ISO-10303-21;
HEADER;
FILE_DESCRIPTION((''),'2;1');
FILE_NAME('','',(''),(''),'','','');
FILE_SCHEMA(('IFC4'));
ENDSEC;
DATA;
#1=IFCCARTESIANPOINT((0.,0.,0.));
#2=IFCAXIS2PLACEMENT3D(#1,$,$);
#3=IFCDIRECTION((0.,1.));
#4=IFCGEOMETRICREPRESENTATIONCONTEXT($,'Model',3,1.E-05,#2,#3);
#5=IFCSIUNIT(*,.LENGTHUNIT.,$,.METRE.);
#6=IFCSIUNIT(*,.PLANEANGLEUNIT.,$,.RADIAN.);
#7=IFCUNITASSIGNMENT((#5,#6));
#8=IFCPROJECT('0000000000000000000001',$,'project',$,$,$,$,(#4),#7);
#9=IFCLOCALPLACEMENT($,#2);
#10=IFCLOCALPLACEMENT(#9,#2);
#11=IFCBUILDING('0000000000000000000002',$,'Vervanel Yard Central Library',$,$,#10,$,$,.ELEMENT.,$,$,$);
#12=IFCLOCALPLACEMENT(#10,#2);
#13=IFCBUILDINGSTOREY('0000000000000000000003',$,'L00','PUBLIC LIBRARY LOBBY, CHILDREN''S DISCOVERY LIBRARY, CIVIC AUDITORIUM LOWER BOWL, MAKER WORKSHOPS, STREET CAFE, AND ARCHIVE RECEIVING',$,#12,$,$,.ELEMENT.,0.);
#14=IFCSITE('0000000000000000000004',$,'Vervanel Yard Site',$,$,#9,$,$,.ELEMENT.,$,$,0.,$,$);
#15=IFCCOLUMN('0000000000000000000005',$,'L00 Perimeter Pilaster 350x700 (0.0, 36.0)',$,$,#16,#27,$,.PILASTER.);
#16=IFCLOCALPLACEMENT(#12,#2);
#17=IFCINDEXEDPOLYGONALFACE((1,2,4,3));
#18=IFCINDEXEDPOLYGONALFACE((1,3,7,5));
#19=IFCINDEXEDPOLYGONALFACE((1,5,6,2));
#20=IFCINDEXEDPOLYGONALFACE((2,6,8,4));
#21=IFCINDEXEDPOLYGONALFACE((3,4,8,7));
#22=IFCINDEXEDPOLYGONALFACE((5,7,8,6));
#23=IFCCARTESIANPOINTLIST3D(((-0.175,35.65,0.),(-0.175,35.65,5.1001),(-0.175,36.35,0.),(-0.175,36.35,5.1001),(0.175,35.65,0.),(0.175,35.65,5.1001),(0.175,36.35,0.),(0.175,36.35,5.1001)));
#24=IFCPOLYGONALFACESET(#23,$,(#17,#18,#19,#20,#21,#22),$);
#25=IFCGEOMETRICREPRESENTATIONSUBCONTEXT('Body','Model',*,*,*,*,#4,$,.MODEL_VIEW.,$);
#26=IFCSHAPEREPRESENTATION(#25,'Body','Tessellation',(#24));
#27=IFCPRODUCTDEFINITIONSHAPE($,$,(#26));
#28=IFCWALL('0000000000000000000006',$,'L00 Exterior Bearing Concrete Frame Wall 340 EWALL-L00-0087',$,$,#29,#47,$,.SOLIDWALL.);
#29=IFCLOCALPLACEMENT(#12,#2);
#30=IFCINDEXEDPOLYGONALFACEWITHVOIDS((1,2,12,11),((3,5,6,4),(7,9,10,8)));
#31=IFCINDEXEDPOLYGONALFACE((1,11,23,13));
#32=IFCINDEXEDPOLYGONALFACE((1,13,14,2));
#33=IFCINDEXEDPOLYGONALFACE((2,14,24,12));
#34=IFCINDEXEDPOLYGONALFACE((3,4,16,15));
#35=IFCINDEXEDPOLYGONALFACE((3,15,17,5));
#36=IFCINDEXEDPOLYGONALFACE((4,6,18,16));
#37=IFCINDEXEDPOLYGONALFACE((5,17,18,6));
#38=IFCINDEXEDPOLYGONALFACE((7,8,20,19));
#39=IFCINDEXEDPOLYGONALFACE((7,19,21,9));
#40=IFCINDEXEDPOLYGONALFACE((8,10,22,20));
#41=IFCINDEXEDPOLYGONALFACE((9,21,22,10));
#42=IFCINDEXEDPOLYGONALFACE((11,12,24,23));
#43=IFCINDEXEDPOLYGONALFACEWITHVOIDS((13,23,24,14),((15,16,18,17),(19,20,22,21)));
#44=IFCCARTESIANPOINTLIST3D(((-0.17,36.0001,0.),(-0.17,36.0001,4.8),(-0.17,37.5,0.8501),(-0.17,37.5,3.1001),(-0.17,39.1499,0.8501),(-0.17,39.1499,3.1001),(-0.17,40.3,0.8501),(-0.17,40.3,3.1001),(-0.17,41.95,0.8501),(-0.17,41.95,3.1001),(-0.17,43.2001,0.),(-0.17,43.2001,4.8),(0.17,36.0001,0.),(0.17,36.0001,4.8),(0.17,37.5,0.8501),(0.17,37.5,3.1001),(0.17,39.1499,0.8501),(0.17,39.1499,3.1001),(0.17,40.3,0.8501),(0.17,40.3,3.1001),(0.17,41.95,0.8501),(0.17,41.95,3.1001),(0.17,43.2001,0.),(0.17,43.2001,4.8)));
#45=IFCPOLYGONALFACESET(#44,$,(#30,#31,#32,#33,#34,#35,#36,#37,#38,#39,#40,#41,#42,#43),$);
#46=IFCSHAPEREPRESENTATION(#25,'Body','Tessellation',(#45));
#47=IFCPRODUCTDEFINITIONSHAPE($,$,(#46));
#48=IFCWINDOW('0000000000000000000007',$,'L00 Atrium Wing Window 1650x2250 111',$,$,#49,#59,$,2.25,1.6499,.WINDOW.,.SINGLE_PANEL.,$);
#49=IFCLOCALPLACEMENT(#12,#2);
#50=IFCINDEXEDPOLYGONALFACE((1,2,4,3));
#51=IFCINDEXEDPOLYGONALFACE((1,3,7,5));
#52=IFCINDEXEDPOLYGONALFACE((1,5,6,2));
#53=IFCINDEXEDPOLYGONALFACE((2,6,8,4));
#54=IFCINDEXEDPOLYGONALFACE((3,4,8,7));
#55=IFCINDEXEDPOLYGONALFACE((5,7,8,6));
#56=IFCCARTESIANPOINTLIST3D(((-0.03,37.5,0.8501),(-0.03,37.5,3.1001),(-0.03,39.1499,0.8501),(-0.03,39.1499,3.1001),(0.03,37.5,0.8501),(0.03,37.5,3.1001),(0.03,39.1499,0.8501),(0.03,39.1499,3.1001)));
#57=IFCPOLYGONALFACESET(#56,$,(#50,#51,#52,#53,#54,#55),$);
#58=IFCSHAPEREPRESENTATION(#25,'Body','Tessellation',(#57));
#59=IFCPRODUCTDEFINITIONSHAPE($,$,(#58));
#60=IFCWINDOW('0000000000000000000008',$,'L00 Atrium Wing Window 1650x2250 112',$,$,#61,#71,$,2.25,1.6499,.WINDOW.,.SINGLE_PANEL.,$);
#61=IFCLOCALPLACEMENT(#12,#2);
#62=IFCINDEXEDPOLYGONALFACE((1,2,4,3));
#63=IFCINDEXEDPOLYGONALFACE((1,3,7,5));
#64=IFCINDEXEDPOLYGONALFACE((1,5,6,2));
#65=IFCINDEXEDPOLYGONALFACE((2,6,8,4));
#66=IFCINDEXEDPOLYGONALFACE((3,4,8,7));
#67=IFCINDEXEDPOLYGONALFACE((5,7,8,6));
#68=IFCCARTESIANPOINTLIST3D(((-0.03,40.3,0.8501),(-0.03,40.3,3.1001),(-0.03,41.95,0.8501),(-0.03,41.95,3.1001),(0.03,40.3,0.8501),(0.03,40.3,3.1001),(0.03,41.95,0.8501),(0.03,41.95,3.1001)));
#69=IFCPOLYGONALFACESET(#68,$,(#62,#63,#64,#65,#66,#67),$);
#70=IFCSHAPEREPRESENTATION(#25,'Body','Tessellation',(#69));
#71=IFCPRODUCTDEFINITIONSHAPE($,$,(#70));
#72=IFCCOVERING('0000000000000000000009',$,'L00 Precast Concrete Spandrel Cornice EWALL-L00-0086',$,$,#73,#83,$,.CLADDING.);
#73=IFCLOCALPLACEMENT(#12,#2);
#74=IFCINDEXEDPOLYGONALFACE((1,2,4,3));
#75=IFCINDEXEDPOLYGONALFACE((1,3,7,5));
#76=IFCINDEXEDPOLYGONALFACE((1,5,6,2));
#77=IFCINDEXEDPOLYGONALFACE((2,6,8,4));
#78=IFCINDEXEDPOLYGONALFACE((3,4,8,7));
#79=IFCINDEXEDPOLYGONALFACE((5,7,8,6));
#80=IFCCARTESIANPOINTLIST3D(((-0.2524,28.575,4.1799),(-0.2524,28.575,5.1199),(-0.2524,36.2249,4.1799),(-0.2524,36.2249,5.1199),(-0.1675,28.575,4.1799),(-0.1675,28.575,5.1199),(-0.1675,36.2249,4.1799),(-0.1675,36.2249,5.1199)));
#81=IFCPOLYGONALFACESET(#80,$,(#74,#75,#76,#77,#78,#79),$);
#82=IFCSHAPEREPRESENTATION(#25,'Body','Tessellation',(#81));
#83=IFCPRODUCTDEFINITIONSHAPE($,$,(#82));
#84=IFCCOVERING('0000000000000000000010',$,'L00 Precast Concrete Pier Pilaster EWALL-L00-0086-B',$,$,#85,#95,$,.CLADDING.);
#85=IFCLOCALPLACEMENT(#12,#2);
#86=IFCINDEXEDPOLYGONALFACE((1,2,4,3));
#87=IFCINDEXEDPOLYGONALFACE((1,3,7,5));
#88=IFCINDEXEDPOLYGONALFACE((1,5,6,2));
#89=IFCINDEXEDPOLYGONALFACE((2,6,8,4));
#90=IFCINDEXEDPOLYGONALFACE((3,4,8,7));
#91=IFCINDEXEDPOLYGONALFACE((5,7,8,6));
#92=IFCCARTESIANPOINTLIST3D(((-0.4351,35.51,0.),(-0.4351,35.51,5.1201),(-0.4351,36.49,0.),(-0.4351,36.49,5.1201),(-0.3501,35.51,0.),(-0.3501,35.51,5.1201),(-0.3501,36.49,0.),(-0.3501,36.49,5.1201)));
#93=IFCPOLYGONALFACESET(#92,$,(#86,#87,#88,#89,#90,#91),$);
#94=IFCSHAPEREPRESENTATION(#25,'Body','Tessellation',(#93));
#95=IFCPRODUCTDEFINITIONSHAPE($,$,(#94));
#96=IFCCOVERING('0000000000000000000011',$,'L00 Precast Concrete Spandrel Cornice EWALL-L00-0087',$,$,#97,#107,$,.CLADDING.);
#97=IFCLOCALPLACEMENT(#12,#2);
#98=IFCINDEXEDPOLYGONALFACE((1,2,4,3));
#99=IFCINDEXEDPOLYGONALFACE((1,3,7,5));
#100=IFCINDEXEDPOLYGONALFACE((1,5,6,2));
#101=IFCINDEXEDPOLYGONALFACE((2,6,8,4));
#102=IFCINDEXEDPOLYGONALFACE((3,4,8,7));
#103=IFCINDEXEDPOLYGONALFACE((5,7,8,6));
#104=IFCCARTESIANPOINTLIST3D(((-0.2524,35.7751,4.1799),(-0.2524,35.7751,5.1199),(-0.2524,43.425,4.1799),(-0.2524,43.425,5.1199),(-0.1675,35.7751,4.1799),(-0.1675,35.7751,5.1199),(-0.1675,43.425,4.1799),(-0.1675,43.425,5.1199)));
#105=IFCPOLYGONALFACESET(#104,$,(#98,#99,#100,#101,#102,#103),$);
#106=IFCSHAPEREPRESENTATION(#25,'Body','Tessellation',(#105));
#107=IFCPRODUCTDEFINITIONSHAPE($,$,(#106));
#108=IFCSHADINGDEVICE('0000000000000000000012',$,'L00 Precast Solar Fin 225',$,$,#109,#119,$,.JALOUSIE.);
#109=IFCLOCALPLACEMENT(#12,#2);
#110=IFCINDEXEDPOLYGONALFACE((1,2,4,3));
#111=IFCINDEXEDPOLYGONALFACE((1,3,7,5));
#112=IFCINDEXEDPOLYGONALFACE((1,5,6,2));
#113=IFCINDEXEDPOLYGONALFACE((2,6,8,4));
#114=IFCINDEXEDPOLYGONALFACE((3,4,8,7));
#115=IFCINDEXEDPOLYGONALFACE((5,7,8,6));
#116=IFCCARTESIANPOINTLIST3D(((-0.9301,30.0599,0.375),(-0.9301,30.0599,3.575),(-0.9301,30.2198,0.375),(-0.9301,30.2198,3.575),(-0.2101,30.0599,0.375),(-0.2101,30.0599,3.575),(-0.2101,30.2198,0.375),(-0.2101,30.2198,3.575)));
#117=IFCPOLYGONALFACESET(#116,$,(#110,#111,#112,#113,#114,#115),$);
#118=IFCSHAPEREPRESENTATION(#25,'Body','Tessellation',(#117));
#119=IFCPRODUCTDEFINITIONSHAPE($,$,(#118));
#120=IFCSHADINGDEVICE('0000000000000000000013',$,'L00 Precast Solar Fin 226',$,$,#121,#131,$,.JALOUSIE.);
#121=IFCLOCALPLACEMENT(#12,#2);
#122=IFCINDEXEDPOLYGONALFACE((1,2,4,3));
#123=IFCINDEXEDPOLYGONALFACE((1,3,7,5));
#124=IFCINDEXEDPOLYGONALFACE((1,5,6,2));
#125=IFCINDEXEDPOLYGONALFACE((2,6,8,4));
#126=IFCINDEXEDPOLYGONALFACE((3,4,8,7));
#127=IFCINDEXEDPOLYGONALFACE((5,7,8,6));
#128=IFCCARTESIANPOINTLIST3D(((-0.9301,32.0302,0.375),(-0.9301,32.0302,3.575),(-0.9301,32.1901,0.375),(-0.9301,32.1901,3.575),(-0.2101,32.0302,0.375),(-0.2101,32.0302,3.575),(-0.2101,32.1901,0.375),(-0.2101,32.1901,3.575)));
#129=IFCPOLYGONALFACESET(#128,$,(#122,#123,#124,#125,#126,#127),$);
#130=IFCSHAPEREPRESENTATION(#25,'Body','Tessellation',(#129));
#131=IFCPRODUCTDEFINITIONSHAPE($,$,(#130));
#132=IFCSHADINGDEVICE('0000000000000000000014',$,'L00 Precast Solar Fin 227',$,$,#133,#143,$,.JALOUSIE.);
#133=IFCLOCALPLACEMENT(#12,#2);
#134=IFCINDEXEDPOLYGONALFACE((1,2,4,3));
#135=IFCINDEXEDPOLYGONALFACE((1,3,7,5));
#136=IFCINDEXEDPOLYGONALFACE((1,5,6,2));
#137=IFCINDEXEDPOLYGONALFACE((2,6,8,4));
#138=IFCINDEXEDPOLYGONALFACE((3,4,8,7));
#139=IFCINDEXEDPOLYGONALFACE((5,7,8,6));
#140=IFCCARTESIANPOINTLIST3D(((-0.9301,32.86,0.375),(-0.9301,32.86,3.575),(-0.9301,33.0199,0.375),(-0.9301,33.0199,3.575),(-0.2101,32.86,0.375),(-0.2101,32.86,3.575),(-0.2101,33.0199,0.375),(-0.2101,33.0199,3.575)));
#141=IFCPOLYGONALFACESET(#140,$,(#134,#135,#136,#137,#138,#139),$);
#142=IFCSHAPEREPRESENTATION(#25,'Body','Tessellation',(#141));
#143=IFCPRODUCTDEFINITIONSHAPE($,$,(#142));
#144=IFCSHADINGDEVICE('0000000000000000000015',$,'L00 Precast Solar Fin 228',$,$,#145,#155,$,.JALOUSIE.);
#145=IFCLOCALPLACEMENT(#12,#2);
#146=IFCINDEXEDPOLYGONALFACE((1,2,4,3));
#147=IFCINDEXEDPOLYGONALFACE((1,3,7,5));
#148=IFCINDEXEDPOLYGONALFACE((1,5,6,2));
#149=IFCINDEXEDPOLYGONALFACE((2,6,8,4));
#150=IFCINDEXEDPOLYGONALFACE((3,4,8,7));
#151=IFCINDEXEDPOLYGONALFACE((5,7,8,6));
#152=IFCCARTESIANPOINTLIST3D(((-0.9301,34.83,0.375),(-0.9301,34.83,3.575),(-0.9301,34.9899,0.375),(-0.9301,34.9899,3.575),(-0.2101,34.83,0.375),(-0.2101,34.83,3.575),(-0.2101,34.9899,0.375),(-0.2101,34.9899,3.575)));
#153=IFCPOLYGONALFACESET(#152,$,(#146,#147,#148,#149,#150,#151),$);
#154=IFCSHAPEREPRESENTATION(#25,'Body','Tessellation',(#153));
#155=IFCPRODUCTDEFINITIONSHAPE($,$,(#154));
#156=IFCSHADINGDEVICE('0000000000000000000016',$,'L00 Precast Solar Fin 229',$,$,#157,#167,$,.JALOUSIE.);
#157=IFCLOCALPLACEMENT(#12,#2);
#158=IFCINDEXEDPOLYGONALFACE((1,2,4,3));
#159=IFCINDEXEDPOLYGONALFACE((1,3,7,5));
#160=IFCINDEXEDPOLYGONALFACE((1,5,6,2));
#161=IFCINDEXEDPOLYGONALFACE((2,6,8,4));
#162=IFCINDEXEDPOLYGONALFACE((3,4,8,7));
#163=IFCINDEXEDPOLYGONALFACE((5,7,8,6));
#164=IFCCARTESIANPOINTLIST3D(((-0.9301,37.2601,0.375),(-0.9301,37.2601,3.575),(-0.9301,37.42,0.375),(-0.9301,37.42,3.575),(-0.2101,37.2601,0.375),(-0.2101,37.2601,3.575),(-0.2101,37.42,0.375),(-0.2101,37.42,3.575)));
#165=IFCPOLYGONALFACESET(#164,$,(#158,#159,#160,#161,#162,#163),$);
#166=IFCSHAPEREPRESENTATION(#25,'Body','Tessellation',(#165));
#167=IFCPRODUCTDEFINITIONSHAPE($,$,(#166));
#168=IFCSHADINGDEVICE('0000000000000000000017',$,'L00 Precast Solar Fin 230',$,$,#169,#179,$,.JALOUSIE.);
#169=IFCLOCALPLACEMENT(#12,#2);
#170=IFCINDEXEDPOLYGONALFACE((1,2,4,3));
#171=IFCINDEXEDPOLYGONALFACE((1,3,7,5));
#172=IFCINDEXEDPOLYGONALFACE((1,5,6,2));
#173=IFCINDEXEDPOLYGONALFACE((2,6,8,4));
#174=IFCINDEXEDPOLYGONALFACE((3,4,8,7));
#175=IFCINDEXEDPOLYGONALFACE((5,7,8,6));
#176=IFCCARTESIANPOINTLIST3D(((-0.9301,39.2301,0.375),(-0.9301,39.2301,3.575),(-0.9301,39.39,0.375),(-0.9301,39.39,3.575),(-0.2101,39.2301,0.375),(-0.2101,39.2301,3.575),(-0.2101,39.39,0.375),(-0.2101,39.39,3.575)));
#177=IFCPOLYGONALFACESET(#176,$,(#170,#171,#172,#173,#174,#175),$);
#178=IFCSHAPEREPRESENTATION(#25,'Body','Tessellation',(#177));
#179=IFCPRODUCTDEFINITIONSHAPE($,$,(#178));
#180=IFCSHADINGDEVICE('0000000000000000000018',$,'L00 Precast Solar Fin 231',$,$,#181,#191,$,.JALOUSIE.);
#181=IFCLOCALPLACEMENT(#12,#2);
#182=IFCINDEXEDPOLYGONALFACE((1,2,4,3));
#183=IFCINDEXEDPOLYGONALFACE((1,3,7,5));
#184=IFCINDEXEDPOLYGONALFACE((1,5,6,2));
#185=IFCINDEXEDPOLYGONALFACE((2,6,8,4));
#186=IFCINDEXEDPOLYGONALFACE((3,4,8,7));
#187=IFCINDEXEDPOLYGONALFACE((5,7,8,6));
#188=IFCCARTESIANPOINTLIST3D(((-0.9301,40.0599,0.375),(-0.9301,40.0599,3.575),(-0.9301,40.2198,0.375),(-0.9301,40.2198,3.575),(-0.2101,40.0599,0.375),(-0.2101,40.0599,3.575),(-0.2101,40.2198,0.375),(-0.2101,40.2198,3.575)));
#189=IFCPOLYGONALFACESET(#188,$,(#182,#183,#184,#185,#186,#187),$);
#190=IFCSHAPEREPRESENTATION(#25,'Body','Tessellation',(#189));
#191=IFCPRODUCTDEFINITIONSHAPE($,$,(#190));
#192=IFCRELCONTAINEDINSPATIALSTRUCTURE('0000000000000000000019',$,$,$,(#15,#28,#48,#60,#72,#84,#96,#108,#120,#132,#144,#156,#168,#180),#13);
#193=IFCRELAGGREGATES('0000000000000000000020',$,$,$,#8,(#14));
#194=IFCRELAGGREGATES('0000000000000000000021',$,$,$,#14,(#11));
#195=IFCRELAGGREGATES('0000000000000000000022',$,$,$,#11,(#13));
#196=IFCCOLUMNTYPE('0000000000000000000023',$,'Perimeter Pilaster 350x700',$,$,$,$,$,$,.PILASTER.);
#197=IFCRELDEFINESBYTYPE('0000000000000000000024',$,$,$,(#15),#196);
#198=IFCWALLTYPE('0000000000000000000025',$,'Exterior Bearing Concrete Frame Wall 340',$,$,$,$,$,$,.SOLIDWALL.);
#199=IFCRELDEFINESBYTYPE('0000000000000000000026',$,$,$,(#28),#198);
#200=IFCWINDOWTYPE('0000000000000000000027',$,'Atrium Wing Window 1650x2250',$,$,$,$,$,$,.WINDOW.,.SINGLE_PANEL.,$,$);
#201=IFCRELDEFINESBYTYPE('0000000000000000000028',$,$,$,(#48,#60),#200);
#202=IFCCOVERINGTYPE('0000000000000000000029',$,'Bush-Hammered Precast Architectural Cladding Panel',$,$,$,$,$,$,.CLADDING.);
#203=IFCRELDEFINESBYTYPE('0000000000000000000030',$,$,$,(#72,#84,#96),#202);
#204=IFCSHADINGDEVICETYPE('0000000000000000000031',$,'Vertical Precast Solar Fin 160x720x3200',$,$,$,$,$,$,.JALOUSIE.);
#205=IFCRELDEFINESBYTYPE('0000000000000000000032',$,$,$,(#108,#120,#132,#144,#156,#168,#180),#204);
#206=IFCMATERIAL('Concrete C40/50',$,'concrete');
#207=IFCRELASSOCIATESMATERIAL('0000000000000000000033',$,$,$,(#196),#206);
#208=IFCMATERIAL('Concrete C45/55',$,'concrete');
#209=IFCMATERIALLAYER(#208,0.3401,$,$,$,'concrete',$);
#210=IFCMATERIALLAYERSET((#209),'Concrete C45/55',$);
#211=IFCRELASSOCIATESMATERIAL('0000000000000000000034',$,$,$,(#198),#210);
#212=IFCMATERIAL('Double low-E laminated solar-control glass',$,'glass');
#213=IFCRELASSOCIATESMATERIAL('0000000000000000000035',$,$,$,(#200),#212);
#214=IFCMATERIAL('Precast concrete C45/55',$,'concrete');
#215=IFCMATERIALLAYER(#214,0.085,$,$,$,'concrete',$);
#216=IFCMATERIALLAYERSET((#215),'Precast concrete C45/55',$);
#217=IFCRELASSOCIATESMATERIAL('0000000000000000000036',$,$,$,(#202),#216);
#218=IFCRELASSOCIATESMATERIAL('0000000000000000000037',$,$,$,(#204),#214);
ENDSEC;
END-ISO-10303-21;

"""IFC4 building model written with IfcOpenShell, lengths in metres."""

from ifc_helpers import new_model, si_unit, direction, frame, frame_2d, origin, origin_2d, place, context, subcontext, project, spatial, rectangle, extrude, material, layer, layer_set, material_profile, profile_set, type_object, element, fill, save


model = new_model("IFC4")

# Units and contexts
model_context = context("Model", 3, precision=1e-05, world=origin(), true_north=direction((0.0, 1.0)))
body_context = subcontext(model_context, "Body", "Model", "MODEL_VIEW")
ifc_project = project(units=[si_unit("LENGTHUNIT", "METRE"), si_unit("PLANEANGLEUNIT", "RADIAN")], contexts=[model_context])

# Site, building, storey
site_placement = place(None, origin())
site = spatial("IfcSite", under=ifc_project, at=site_placement, Name="Vervanel Yard Site", CompositionType="ELEMENT", RefElevation=0.0)
building_placement = place(site_placement, origin())
building = spatial("IfcBuilding", under=site, at=building_placement, Name="Vervanel Yard Central Library", CompositionType="ELEMENT")
storey_placement = place(building_placement, origin())
storey = spatial("IfcBuildingStorey", under=building, at=storey_placement, Name="L00", Description="PUBLIC LIBRARY LOBBY, CHILDREN'S DISCOVERY LIBRARY, CIVIC AUDITORIUM LOWER BOWL, MAKER WORKSHOPS, STREET CAFE, AND ARCHIVE RECEIVING", CompositionType="ELEMENT", Elevation=0.0)

# Shared definitions
ifc_material_1 = material(Name="Concrete C40/50", Category="concrete")

# Column
ifc_material_profile_1 = material_profile(ifc_material_1, rectangle(XDim=0.3501, YDim=0.7, at=origin_2d()), Name="RC 350x700", Category="concrete")
ifc_profile_set_1 = profile_set([ifc_material_profile_1], Name="Concrete C40/50")
column_type = type_object("IfcColumnType", Name="Perimeter Pilaster 350x700", PredefinedType="PILASTER", material=ifc_profile_set_1)
column_placement = place(storey_placement, frame((0.0, 36.0, 0.0), z_axis=(0.0, 0.0, 1.0), x_axis=(1.0, 0.0, 0.0)))
element("IfcColumn", 1, at=column_placement, inside=storey, type_object=column_type, Name="L00 Perimeter Pilaster 350x700 (0.0, 36.0)", PredefinedType="PILASTER", context=body_context, shape_type="SweptSolid", body=[
    extrude(rectangle(XDim=0.3501, YDim=0.7, at=origin_2d()), origin(), (0.0, 0.0, 1.0), 5.1001),
])

# Wall, openings, windows
ifc_material_2 = material(Name="Concrete C45/55", Category="concrete")
ifc_layer_1 = layer(ifc_material_2, 0.3401, Category="concrete")
ifc_layer_set_1 = layer_set([ifc_layer_1], Name="Concrete C45/55")
wall_type = type_object("IfcWallType", Name="Exterior Bearing Concrete Frame Wall 340", PredefinedType="SOLIDWALL", material=ifc_layer_set_1)
wall_placement = place(storey_placement, frame((0.0, 36.0, 0.0), z_axis=(0.0, 0.0, 1.0), x_axis=(0.0, 1.0, 0.0)))
wall = element("IfcWall", 2, at=wall_placement, inside=storey, type_object=wall_type, Name="L00 Exterior Bearing Concrete Frame Wall 340 EWALL-L00-0087", PredefinedType="SOLIDWALL", context=body_context, shape_type="SweptSolid", body=[
    extrude(rectangle(XDim=7.2, YDim=0.3401, at=frame_2d((3.6001, 0.0))), origin(), (0.0, 0.0, 1.0), 4.8),
])
opening_1_placement = place(wall_placement, frame((1.5, 0.0, 0.8501)))
opening_1 = element("IfcOpeningElement", 3, at=opening_1_placement, cuts=wall, PredefinedType="OPENING", context=body_context, shape_type="SweptSolid", body=[
    extrude(rectangle(XDim=1.6499, YDim=2.25, at=frame_2d((0.825, 1.125))), frame((0.0, 0.1799, 0.0), z_axis=(0.0, -1.0, 0.0), x_axis=(1.0, 0.0, 0.0)), (0.0, 0.0, 1.0), 0.3601),
])
opening_2_placement = place(wall_placement, frame((4.3, 0.0, 0.8501)))
opening_2 = element("IfcOpeningElement", 4, at=opening_2_placement, cuts=wall, PredefinedType="OPENING", context=body_context, shape_type="SweptSolid", body=[
    extrude(rectangle(XDim=1.6499, YDim=2.25, at=frame_2d((0.825, 1.125))), frame((0.0, 0.1799, 0.0), z_axis=(0.0, -1.0, 0.0), x_axis=(1.0, 0.0, 0.0)), (0.0, 0.0, 1.0), 0.3601),
])
ifc_material_3 = material(Name="Double low-E laminated solar-control glass", Category="glass")
window_type = type_object("IfcWindowType", Name="Atrium Wing Window 1650x2250", PartitioningType="SINGLE_PANEL", PredefinedType="WINDOW", material=ifc_material_3)
window_1_placement = place(opening_1_placement, origin())
window_1 = element("IfcWindow", 5, at=window_1_placement, inside=storey, type_object=window_type, Name="L00 Atrium Wing Window 1650x2250 111", OverallHeight=2.25, OverallWidth=1.6499, PartitioningType="SINGLE_PANEL", PredefinedType="WINDOW", context=body_context, shape_type="SweptSolid", body=[
    extrude(rectangle(XDim=1.6499, YDim=2.25, at=frame_2d((0.825, 1.125))), frame((0.0, 0.03, 0.0), z_axis=(0.0, -1.0, 0.0), x_axis=(1.0, 0.0, 0.0)), (0.0, 0.0, 1.0), 0.0601),
])
fill(opening_1, window_1)
window_2_placement = place(opening_2_placement, origin())
window_2 = element("IfcWindow", 6, at=window_2_placement, inside=storey, type_object=window_type, Name="L00 Atrium Wing Window 1650x2250 112", OverallHeight=2.25, OverallWidth=1.6499, PartitioningType="SINGLE_PANEL", PredefinedType="WINDOW", context=body_context, shape_type="SweptSolid", body=[
    extrude(rectangle(XDim=1.6499, YDim=2.25, at=frame_2d((0.825, 1.125))), frame((0.0, 0.03, 0.0), z_axis=(0.0, -1.0, 0.0), x_axis=(1.0, 0.0, 0.0)), (0.0, 0.0, 1.0), 0.0601),
])
fill(opening_2, window_2)

# Coverings
ifc_material_4 = material(Name="Precast concrete C45/55", Category="concrete")
ifc_layer_2 = layer(ifc_material_4, 0.085, Category="concrete")
ifc_layer_set_2 = layer_set([ifc_layer_2], Name="Precast concrete C45/55")
covering_type = type_object("IfcCoveringType", Name="Bush-Hammered Precast Architectural Cladding Panel", PredefinedType="CLADDING", material=ifc_layer_set_2)
covering_1_placement = place(storey_placement, frame((-0.21, 32.3999, 4.1799), z_axis=(0.0, 0.0, 1.0), x_axis=(0.0, 1.0, 0.0)))
element("IfcCovering", 7, at=covering_1_placement, inside=storey, type_object=covering_type, Name="L00 Precast Concrete Spandrel Cornice EWALL-L00-0086", PredefinedType="CLADDING", context=body_context, shape_type="SweptSolid", body=[
    extrude(rectangle(XDim=7.6499, YDim=0.085, at=origin_2d()), origin(), (0.0, 0.0, 1.0), 0.9399),
])
covering_2_placement = place(storey_placement, frame((-0.3926, 36.0, 0.0), z_axis=(0.0, 0.0, 1.0), x_axis=(0.0, 1.0, 0.0)))
element("IfcCovering", 8, at=covering_2_placement, inside=storey, type_object=covering_type, Name="L00 Precast Concrete Pier Pilaster EWALL-L00-0086-B", PredefinedType="CLADDING", context=body_context, shape_type="SweptSolid", body=[
    extrude(rectangle(XDim=0.98, YDim=0.085, at=origin_2d()), origin(), (0.0, 0.0, 1.0), 5.1201),
])
covering_3_placement = place(storey_placement, frame((-0.21, 39.6001, 4.1799), z_axis=(0.0, 0.0, 1.0), x_axis=(0.0, 1.0, 0.0)))
element("IfcCovering", 9, at=covering_3_placement, inside=storey, type_object=covering_type, Name="L00 Precast Concrete Spandrel Cornice EWALL-L00-0087", PredefinedType="CLADDING", context=body_context, shape_type="SweptSolid", body=[
    extrude(rectangle(XDim=7.6499, YDim=0.085, at=origin_2d()), origin(), (0.0, 0.0, 1.0), 0.9399),
])

# Shading devices
shading_device_type = type_object("IfcShadingDeviceType", Name="Vertical Precast Solar Fin 160x720x3200", PredefinedType="JALOUSIE", material=ifc_material_4)
for number, where, z_axis, x_axis, name in (
    (10, (-0.5701, 30.1399, 0.375), (0.0, 0.0, 1.0), (0.0, 1.0, 0.0), "L00 Precast Solar Fin 225"),
    (11, (-0.5701, 32.1101, 0.375), (0.0, 0.0, 1.0), (0.0, 1.0, 0.0), "L00 Precast Solar Fin 226"),
    (12, (-0.5701, 32.9399, 0.375), (0.0, 0.0, 1.0), (0.0, 1.0, 0.0), "L00 Precast Solar Fin 227"),
    (13, (-0.5701, 34.9099, 0.375), (0.0, 0.0, 1.0), (0.0, 1.0, 0.0), "L00 Precast Solar Fin 228"),
    (14, (-0.5701, 37.3401, 0.375), (0.0, 0.0, 1.0), (0.0, 1.0, 0.0), "L00 Precast Solar Fin 229"),
    (15, (-0.5701, 39.3101, 0.375), (0.0, 0.0, 1.0), (0.0, 1.0, 0.0), "L00 Precast Solar Fin 230"),
    (16, (-0.5701, 40.1399, 0.375), (0.0, 0.0, 1.0), (0.0, 1.0, 0.0), "L00 Precast Solar Fin 231"),
):
    element("IfcShadingDevice", number, at=place(storey_placement, frame(where, z_axis=z_axis, x_axis=x_axis)), inside=storey, type_object=shading_device_type, Name=name, PredefinedType="JALOUSIE", context=body_context, shape_type="SweptSolid", body=[
        extrude(rectangle(XDim=0.1599, YDim=0.72, at=origin_2d()), origin(), (0.0, 0.0, 1.0), 3.2),
    ])

save(model, "model.ifc")
